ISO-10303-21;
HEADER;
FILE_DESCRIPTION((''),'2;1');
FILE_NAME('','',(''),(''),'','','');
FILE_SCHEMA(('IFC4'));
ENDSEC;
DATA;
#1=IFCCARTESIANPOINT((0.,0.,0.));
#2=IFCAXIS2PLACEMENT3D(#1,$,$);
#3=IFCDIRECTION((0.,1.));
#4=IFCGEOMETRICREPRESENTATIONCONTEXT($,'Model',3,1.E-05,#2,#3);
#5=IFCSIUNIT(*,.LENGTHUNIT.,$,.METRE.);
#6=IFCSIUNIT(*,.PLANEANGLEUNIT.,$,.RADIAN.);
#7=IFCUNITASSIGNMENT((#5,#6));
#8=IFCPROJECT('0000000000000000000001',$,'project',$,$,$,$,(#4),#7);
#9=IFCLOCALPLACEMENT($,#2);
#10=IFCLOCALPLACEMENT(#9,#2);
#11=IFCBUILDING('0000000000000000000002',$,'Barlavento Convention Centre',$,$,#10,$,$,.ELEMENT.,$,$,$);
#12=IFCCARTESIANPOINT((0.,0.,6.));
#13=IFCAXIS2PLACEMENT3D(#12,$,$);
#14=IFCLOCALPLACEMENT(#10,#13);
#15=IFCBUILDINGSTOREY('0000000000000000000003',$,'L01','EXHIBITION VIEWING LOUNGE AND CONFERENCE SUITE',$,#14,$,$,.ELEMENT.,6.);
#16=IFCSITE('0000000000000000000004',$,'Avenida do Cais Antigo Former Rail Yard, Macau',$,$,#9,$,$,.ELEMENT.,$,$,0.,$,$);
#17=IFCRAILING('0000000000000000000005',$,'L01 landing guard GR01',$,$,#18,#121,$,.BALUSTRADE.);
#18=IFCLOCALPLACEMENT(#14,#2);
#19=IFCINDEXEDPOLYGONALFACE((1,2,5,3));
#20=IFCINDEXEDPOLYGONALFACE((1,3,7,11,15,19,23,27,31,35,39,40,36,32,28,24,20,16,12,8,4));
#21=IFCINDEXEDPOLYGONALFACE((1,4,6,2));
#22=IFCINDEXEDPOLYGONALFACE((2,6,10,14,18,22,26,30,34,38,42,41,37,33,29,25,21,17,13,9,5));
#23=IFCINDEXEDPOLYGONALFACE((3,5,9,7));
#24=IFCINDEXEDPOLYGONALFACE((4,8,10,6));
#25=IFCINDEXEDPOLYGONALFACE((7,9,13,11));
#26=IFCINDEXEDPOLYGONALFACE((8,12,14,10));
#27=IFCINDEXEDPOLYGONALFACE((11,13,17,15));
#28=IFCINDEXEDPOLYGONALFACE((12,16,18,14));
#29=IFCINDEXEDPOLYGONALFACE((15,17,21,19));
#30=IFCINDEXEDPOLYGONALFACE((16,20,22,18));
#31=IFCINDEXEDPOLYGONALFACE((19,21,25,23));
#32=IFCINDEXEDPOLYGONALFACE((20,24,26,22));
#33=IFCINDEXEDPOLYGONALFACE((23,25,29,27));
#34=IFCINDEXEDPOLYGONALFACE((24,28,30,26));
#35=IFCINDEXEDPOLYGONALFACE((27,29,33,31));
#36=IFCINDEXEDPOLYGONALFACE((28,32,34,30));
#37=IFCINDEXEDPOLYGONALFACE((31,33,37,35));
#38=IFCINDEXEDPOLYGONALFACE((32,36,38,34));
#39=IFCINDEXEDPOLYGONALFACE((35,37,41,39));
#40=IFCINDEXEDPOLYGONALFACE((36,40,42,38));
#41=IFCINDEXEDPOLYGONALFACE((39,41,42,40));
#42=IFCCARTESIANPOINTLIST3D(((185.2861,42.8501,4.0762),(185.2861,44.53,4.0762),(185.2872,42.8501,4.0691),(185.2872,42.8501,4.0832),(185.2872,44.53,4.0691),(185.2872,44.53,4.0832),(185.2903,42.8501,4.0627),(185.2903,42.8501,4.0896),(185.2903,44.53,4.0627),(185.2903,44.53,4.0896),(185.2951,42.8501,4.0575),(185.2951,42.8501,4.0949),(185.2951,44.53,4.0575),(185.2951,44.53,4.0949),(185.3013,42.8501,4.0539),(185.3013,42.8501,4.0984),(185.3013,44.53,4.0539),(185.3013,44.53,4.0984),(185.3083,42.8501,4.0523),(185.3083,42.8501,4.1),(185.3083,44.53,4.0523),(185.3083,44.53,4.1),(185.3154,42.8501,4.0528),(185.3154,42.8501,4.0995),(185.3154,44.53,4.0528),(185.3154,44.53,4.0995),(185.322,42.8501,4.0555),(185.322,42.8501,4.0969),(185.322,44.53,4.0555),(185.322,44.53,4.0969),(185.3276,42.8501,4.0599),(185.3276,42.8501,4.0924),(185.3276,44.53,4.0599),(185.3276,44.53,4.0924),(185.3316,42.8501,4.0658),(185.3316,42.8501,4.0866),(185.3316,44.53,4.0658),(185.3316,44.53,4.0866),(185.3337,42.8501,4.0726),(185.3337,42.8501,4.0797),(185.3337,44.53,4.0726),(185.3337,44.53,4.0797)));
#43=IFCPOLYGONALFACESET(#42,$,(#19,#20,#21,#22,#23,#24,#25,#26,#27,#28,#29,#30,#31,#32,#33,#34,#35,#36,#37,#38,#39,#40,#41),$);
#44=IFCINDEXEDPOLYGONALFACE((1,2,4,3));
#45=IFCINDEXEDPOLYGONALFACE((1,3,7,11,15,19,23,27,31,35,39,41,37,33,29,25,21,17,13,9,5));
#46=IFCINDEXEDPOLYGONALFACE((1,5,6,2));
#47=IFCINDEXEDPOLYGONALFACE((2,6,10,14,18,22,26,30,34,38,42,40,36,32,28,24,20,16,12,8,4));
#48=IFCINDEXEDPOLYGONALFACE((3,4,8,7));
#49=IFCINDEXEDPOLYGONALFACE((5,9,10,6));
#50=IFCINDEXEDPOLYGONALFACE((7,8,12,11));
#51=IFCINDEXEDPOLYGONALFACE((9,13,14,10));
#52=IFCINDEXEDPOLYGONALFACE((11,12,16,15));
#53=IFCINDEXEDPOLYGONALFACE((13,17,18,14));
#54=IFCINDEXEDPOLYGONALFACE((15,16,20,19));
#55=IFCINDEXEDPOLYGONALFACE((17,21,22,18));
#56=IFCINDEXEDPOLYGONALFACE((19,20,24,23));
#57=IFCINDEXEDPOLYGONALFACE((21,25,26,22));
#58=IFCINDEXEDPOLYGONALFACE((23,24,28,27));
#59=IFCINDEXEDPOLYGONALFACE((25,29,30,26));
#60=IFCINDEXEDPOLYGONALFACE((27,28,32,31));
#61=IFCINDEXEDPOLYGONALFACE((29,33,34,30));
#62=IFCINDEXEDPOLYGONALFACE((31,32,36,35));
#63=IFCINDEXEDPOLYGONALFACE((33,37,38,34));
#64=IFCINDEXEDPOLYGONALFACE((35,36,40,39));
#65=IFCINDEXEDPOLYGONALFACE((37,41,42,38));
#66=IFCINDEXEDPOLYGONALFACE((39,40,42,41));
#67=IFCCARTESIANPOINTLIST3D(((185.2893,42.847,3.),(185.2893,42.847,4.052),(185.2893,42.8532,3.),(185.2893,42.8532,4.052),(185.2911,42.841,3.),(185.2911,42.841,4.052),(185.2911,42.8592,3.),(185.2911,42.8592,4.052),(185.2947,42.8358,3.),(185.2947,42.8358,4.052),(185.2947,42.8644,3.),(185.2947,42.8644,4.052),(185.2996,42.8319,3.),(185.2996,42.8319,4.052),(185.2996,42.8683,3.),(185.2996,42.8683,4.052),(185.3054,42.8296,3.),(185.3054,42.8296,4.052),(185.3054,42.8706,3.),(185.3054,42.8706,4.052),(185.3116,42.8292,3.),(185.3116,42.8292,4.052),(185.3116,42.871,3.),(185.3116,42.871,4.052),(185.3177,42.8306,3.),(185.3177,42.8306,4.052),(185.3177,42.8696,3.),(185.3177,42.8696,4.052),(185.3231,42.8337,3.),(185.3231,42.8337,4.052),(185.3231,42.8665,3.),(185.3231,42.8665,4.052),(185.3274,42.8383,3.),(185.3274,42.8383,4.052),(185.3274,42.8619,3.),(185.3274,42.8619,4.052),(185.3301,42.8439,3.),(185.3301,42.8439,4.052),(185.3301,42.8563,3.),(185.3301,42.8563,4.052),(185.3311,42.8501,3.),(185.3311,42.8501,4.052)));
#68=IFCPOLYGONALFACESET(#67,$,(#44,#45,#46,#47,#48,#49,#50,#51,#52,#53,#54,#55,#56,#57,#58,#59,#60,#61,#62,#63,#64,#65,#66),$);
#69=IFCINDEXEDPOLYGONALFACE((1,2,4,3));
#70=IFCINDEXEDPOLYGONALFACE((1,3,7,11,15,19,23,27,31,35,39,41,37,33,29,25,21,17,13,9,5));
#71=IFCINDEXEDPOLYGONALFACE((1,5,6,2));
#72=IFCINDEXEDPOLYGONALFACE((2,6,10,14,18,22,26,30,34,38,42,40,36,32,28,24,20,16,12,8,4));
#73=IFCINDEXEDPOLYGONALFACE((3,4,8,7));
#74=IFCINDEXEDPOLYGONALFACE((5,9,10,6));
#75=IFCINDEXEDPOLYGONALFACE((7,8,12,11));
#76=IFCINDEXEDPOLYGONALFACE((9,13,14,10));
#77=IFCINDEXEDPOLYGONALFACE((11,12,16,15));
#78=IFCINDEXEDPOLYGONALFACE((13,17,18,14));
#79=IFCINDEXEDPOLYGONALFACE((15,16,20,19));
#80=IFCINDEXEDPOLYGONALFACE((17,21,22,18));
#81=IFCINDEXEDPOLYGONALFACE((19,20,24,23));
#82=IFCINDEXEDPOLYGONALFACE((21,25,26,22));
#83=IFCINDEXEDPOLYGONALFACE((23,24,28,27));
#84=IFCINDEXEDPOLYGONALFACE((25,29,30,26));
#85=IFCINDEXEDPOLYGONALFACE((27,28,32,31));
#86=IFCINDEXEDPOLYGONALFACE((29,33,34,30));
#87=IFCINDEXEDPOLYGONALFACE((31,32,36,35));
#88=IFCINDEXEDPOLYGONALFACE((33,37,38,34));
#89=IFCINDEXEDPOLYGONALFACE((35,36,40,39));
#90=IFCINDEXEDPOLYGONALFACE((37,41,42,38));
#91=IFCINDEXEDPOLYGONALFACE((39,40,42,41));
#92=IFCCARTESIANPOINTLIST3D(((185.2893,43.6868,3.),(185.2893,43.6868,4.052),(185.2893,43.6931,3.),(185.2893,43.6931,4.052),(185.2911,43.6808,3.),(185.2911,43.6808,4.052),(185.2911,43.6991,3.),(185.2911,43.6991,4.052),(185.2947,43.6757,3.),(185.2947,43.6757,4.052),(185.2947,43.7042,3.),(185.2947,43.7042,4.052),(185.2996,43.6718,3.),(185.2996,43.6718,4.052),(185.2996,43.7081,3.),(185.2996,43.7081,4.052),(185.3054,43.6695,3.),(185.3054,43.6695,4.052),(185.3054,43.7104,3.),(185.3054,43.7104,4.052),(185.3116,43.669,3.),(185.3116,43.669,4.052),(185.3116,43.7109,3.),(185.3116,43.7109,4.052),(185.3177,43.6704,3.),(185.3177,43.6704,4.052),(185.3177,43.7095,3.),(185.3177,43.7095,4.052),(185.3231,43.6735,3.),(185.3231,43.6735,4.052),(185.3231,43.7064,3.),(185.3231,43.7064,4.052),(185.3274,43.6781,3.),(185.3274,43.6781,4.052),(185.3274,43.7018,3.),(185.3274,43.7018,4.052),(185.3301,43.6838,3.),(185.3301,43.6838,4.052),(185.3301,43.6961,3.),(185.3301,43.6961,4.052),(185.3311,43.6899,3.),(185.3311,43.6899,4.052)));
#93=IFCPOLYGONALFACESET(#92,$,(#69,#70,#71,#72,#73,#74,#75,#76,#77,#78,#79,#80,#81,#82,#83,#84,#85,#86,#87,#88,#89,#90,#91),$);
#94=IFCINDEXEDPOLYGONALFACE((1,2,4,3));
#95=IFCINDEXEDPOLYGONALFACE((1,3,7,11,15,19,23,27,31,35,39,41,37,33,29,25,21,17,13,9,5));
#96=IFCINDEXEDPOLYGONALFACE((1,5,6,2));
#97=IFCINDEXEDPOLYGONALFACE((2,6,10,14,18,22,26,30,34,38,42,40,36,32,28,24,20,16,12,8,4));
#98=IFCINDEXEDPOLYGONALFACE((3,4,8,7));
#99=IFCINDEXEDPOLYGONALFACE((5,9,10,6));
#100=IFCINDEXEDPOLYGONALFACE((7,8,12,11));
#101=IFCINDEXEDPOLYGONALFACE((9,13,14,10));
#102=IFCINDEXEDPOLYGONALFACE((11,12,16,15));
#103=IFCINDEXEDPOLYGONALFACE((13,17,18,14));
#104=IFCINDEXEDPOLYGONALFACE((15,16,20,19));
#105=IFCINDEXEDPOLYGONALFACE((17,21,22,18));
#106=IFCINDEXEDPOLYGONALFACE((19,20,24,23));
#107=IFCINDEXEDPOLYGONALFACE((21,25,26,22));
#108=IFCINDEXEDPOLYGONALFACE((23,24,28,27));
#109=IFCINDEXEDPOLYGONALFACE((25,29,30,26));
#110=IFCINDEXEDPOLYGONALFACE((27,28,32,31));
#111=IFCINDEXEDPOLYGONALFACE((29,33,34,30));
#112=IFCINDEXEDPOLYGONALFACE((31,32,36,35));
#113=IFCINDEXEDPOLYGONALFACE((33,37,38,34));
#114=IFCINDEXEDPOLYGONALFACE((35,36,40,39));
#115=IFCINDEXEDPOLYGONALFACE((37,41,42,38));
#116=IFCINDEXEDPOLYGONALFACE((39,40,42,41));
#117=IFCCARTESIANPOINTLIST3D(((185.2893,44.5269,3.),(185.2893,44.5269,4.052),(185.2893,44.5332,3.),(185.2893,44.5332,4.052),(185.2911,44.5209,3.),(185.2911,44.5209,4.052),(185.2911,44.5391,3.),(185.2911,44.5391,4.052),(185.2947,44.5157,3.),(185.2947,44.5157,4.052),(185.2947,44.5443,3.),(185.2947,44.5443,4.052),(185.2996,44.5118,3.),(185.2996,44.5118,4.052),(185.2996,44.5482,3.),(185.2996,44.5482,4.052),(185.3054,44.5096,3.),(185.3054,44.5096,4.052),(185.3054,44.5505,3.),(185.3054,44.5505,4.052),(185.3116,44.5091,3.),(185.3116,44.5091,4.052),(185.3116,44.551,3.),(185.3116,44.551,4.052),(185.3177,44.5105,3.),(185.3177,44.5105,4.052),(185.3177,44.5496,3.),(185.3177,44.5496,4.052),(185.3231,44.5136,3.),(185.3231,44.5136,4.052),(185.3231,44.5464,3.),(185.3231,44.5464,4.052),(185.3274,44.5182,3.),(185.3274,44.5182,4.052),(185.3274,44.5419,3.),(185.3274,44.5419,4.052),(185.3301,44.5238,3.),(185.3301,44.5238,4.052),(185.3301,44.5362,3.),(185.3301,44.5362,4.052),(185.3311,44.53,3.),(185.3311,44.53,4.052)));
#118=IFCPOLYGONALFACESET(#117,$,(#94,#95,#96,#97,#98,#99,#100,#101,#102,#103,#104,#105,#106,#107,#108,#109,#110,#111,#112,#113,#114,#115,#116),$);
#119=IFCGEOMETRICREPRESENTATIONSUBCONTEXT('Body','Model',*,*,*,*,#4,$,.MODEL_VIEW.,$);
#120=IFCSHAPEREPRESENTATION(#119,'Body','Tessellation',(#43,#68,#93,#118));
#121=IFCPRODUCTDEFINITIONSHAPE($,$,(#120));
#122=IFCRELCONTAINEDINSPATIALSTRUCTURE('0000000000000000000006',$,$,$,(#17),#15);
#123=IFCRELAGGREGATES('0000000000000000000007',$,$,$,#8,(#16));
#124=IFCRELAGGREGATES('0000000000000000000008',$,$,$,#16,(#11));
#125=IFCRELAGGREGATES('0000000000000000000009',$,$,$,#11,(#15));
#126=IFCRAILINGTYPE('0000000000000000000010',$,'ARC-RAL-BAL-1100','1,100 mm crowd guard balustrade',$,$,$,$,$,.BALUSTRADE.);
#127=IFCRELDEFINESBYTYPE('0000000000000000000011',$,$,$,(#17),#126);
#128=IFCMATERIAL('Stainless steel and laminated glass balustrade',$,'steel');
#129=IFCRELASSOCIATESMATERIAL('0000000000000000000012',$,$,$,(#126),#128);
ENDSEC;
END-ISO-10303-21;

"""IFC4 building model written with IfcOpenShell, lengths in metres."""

from ifc_helpers import new_model, si_unit, direction, frame, origin, origin_2d, place, context, subcontext, project, spatial, circle, extrude, material, type_object, element, save


model = new_model("IFC4")

# Units and contexts
model_context = context("Model", 3, precision=1e-05, world=origin(), true_north=direction((0.0, 1.0)))
body_context = subcontext(model_context, "Body", "Model", "MODEL_VIEW")
ifc_project = project(units=[si_unit("LENGTHUNIT", "METRE"), si_unit("PLANEANGLEUNIT", "RADIAN")], contexts=[model_context])

# Site, building, storey
site_placement = place(None, origin())
site = spatial("IfcSite", under=ifc_project, at=site_placement, Name="Avenida do Cais Antigo Former Rail Yard, Macau", CompositionType="ELEMENT", RefElevation=0.0)
building_placement = place(site_placement, origin())
building = spatial("IfcBuilding", under=site, at=building_placement, Name="Barlavento Convention Centre", CompositionType="ELEMENT")
storey_placement = place(building_placement, frame((0.0, 0.0, 6.0)))
storey = spatial("IfcBuildingStorey", under=building, at=storey_placement, Name="L01", Description="EXHIBITION VIEWING LOUNGE AND CONFERENCE SUITE", CompositionType="ELEMENT", Elevation=6.0)

# Railing
ifc_material_1 = material(Name="Stainless steel and laminated glass balustrade", Category="steel")
railing_type_1 = type_object("IfcRailingType", Name="ARC-RAL-BAL-1100", Description="1,100 mm crowd guard balustrade", PredefinedType="BALUSTRADE", material=ifc_material_1)
for number, where, name in (
    (1, (185.3101, 42.8501, 3.0), "L01 landing guard GR01"),
):
    element("IfcRailing", number, at=place(storey_placement, frame(where)), inside=storey, type_object=railing_type_1, Name=name, PredefinedType="BALUSTRADE", context=body_context, shape_type="SweptSolid", body=[
        extrude(circle(Radius=0.0239, at=origin_2d()), frame((0.0, 0.0, 1.0762), z_axis=(0.0, 1.0, 0.0), x_axis=(-1.0, 0.0, 0.0)), (0.0, 0.0, 1.0), 1.6799),
        extrude(circle(Radius=0.021, at=origin_2d()), origin(), (0.0, 0.0, 1.0), 1.052),
        extrude(circle(Radius=0.021, at=origin_2d()), frame((0.0, 0.8398, 0.0)), (0.0, 0.0, 1.0), 1.052),
        extrude(circle(Radius=0.021, at=origin_2d()), frame((0.0, 1.6799, 0.0)), (0.0, 0.0, 1.0), 1.052),
    ])

save(model, "model.ifc")
